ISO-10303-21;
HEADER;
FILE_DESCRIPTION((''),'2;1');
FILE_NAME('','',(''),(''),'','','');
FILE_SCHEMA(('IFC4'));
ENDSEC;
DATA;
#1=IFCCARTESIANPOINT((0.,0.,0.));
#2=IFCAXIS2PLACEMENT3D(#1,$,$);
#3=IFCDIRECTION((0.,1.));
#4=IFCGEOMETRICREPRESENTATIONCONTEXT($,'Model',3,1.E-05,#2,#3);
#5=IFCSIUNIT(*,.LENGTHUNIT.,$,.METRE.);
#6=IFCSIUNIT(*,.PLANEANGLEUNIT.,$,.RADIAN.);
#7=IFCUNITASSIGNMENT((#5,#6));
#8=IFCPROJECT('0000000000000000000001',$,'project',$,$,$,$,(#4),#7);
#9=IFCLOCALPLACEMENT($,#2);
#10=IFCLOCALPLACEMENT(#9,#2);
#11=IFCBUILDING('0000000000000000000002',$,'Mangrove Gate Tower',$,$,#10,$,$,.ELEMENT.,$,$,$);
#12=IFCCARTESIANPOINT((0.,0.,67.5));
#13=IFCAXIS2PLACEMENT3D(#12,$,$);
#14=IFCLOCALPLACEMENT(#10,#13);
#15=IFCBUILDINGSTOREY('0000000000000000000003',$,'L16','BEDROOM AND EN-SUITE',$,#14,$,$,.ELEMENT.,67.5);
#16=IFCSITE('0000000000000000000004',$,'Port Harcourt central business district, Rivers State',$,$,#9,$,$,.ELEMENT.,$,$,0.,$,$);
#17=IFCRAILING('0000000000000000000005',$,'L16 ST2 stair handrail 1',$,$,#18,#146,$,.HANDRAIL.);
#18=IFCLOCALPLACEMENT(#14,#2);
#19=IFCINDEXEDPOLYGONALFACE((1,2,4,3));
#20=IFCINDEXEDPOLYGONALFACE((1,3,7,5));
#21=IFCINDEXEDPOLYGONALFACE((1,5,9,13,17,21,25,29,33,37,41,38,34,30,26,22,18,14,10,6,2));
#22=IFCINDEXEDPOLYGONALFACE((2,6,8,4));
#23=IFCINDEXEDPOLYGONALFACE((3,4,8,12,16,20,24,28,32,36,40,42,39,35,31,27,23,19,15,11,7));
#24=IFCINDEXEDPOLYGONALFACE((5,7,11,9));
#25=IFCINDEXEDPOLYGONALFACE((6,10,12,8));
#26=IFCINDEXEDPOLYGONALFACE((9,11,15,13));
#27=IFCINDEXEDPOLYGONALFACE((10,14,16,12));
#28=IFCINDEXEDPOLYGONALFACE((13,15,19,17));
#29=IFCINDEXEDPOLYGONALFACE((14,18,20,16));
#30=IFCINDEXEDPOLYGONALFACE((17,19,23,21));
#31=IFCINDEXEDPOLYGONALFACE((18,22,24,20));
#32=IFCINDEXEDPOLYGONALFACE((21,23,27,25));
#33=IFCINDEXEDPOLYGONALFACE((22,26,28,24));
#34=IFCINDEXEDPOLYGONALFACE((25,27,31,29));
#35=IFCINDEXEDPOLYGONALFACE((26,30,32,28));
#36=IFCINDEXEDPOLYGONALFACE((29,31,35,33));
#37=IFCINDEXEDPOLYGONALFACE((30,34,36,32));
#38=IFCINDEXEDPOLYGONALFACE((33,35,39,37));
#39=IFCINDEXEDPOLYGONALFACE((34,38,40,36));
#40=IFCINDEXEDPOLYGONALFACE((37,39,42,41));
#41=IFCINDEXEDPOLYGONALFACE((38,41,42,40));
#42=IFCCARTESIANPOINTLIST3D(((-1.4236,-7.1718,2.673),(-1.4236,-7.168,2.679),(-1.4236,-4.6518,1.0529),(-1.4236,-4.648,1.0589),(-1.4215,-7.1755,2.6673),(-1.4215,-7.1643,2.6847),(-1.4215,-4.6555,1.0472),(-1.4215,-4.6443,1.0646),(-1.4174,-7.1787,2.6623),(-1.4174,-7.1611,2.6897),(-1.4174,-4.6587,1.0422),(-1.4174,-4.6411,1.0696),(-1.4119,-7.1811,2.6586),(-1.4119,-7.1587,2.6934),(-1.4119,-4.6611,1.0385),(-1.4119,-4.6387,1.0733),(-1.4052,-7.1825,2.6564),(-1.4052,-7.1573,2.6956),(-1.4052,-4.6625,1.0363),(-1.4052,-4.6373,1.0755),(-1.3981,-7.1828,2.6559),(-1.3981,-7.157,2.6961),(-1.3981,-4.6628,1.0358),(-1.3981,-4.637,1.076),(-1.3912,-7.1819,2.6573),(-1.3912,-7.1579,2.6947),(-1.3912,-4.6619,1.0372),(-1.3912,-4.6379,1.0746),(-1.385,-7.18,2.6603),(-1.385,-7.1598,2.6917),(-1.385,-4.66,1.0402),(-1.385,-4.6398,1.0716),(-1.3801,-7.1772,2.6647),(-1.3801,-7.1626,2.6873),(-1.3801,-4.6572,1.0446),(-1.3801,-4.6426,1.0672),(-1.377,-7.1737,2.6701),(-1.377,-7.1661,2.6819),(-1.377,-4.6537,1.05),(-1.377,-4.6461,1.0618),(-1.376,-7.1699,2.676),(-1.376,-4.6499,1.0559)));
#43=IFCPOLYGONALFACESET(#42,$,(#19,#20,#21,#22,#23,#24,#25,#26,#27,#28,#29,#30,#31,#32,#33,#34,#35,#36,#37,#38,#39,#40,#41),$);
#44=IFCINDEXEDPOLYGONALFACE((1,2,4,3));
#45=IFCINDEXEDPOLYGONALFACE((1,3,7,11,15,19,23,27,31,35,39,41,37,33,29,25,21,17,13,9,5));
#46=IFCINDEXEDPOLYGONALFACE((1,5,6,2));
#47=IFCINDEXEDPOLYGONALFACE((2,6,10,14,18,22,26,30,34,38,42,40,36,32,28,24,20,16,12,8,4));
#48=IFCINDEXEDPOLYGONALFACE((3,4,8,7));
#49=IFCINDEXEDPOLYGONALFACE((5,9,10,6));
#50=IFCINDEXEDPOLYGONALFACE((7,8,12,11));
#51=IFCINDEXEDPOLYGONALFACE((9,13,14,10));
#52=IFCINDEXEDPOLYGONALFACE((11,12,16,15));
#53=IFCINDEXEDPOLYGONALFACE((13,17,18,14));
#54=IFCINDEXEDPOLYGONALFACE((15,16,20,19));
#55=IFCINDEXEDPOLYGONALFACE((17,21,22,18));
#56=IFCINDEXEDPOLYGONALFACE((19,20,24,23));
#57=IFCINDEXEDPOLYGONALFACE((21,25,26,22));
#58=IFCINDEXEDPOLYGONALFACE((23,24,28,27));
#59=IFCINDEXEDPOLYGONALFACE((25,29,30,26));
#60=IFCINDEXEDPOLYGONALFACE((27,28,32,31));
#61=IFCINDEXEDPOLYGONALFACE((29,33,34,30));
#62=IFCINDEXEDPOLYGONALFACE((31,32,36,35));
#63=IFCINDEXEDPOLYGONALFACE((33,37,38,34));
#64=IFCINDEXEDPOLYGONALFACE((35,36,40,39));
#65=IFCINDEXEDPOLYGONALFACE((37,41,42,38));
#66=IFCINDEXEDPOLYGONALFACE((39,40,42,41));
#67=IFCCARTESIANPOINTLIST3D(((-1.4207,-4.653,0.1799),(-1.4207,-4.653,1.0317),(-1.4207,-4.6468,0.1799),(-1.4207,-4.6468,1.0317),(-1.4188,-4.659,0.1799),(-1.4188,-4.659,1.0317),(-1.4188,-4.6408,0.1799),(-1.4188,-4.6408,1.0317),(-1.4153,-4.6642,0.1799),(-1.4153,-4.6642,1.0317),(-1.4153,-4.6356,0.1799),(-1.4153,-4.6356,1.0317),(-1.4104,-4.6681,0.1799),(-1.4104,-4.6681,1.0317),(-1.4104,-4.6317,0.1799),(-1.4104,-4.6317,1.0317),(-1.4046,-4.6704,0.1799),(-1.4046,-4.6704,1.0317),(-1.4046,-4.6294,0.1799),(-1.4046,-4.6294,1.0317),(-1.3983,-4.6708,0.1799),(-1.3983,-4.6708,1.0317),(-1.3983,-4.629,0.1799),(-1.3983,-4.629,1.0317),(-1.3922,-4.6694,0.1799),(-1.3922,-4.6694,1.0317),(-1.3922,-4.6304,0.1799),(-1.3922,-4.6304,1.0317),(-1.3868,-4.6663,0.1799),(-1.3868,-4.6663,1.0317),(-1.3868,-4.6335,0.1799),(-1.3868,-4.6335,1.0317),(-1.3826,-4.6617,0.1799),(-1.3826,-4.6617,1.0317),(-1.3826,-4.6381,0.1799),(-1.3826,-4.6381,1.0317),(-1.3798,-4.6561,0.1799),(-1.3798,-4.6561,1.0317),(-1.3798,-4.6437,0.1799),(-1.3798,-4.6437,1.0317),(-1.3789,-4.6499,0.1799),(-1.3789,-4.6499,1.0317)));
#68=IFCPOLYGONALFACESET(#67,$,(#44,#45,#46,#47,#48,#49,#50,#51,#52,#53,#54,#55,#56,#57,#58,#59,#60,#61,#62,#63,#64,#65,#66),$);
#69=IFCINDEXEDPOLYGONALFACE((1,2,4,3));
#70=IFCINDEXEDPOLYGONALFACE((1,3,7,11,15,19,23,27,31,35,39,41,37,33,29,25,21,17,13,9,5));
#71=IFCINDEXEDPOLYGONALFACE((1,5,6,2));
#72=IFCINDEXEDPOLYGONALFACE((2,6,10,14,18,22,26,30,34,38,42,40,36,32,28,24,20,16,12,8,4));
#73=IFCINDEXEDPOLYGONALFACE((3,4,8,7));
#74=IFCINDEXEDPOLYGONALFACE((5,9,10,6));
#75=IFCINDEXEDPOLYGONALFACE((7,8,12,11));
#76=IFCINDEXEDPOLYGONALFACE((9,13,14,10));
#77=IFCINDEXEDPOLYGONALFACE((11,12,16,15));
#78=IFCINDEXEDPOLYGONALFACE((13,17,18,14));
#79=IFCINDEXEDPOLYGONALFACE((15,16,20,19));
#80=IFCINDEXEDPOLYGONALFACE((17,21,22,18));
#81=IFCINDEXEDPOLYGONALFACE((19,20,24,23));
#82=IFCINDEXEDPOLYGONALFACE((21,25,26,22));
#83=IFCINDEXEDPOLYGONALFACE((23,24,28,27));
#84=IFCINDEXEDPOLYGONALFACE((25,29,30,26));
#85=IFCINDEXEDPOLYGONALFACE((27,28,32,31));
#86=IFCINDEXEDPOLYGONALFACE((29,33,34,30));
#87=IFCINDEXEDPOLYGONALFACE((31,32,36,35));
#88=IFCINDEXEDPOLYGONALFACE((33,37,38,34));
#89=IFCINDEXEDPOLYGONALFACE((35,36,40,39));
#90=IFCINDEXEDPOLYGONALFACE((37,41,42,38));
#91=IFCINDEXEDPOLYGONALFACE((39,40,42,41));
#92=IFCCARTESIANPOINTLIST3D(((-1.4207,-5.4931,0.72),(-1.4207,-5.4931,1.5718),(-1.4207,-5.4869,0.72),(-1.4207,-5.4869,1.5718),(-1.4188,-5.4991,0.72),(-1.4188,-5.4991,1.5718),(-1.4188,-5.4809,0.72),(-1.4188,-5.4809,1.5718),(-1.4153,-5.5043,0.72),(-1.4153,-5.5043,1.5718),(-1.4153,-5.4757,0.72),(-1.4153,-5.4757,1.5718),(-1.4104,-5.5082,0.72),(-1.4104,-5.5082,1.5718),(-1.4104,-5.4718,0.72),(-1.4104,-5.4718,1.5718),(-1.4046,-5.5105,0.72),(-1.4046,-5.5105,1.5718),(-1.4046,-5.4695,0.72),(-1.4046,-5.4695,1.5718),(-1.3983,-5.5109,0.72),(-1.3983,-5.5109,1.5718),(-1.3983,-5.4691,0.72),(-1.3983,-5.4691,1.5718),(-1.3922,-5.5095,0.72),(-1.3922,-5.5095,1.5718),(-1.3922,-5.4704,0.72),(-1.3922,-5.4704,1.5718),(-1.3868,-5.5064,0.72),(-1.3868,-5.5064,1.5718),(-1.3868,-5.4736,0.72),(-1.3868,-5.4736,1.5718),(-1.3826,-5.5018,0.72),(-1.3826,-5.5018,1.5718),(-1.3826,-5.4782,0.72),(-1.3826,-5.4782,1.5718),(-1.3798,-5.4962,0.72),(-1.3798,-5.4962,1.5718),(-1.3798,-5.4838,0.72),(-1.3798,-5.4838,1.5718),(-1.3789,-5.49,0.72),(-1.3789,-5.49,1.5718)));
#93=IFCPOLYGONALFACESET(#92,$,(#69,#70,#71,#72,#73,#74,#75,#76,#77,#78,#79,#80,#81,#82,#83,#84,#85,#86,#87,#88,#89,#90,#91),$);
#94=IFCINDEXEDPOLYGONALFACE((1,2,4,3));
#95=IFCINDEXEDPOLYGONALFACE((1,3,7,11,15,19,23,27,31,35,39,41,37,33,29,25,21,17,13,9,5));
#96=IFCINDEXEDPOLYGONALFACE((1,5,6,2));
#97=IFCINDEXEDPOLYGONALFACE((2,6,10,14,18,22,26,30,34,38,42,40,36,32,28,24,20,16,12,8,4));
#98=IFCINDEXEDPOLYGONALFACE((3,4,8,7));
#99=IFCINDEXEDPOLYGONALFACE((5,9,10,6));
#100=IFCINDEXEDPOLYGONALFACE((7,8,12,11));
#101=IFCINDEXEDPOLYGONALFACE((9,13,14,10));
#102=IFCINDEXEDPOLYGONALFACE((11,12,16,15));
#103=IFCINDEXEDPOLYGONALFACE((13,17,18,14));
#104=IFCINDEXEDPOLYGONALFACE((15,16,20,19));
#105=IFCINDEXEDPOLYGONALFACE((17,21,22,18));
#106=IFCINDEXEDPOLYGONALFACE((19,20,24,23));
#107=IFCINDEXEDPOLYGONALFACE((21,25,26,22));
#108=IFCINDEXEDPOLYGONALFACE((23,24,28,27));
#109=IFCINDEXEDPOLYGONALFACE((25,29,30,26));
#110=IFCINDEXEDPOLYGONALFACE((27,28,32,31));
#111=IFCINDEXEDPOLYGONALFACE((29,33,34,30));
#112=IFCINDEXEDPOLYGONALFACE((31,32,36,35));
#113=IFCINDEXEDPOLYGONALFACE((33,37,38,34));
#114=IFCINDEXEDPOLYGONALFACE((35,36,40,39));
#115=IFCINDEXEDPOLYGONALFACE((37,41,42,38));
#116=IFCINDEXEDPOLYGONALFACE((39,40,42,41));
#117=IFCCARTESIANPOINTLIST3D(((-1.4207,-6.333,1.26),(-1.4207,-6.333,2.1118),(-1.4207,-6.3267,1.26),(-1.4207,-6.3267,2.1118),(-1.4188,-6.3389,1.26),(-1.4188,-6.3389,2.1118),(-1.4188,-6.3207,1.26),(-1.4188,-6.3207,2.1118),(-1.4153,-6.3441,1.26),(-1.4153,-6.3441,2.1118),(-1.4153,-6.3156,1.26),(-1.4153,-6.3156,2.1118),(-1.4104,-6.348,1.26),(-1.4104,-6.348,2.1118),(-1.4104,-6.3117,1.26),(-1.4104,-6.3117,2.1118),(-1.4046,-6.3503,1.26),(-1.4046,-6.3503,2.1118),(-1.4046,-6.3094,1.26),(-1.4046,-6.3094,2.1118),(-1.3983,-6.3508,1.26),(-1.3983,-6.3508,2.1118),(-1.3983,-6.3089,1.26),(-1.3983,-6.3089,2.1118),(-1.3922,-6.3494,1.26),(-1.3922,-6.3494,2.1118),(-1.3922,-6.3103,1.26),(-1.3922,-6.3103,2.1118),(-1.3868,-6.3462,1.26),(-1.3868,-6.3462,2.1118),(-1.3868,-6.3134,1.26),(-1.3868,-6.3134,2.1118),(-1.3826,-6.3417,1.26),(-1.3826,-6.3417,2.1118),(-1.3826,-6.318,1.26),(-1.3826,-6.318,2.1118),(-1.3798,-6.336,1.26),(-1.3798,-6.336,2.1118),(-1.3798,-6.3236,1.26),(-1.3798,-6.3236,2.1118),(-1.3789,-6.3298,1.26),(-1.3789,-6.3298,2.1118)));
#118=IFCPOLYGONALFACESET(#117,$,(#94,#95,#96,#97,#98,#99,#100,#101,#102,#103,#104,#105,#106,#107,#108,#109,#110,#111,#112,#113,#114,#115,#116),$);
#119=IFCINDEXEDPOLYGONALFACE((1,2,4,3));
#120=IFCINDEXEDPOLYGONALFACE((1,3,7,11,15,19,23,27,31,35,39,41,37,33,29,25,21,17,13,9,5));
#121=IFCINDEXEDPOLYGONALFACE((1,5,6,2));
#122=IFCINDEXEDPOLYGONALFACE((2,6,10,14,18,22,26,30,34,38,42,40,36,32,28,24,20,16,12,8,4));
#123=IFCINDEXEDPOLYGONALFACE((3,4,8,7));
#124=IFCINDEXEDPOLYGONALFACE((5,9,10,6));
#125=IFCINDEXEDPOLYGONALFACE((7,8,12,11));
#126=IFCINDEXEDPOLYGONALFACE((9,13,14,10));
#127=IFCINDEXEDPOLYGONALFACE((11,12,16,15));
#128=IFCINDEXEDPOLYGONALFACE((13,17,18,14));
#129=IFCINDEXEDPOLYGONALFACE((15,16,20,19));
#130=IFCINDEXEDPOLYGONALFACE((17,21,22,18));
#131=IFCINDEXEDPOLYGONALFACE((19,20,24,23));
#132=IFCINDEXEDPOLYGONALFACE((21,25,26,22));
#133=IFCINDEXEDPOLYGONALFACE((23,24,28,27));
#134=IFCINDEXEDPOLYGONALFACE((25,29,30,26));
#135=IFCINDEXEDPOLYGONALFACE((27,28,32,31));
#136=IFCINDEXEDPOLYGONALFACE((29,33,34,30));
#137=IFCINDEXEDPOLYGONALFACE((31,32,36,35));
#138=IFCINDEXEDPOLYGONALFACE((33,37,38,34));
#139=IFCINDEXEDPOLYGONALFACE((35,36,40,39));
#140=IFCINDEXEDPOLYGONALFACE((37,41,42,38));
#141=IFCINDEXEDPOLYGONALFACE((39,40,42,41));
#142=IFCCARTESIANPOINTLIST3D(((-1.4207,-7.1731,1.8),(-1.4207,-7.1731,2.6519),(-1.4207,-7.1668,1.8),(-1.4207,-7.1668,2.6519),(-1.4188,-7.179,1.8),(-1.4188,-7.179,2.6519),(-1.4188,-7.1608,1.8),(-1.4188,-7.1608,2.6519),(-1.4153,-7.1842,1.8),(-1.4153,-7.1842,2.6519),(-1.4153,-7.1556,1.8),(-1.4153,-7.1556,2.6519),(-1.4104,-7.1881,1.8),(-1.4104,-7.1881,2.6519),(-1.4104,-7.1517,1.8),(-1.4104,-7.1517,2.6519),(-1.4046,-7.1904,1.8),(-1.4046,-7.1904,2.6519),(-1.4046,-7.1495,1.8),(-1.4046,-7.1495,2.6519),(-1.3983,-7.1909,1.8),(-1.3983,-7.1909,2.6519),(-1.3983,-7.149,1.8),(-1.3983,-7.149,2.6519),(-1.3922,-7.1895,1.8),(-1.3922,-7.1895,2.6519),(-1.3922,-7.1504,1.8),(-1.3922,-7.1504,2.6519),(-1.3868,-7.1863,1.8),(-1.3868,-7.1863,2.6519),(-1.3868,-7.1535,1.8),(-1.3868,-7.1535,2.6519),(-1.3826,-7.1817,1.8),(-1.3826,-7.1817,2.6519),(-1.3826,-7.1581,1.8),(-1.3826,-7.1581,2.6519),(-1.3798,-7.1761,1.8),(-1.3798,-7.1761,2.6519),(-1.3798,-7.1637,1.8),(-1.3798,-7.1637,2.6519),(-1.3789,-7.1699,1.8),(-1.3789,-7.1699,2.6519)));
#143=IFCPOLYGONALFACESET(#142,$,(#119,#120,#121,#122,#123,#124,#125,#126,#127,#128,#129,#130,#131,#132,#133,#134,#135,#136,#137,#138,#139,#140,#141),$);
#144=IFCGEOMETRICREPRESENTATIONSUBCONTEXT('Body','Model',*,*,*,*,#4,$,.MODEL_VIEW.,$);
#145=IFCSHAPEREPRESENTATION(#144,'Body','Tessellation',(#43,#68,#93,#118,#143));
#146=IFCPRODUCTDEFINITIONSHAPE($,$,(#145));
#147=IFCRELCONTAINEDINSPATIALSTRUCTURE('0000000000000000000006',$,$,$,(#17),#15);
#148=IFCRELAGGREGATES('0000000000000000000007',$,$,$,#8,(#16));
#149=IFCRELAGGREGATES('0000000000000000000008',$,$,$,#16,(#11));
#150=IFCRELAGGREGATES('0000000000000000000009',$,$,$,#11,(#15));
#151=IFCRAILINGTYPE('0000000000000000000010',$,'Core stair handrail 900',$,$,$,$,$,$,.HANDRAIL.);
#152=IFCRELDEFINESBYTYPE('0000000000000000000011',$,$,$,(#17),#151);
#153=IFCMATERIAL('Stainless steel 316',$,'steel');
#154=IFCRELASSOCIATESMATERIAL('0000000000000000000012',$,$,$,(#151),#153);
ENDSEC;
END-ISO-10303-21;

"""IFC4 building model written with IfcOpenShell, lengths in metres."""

from ifc_helpers import new_model, si_unit, direction, frame, origin, origin_2d, place, context, subcontext, project, spatial, circle, extrude, material, type_object, element, save


model = new_model("IFC4")

# Units and contexts
model_context = context("Model", 3, precision=1e-05, world=origin(), true_north=direction((0.0, 1.0)))
body_context = subcontext(model_context, "Body", "Model", "MODEL_VIEW")
ifc_project = project(units=[si_unit("LENGTHUNIT", "METRE"), si_unit("PLANEANGLEUNIT", "RADIAN")], contexts=[model_context])

# Site, building, storey
site_placement = place(None, origin())
site = spatial("IfcSite", under=ifc_project, at=site_placement, Name="Port Harcourt central business district, Rivers State", CompositionType="ELEMENT", RefElevation=0.0)
building_placement = place(site_placement, origin())
building = spatial("IfcBuilding", under=site, at=building_placement, Name="Mangrove Gate Tower", CompositionType="ELEMENT")
storey_placement = place(building_placement, frame((0.0, 0.0, 67.5)))
storey = spatial("IfcBuildingStorey", under=building, at=storey_placement, Name="L16", Description="BEDROOM AND EN-SUITE", CompositionType="ELEMENT", Elevation=67.5)

# Railing
ifc_material_1 = material(Name="Stainless steel 316", Category="steel")
railing_type_1 = type_object("IfcRailingType", Name="Core stair handrail 900", PredefinedType="HANDRAIL", material=ifc_material_1)
railing_1_placement = place(storey_placement, frame((-1.3999, -4.6499, 0.1799)))
element("IfcRailing", 1, at=railing_1_placement, inside=storey, type_object=railing_type_1, Name="L16 ST2 stair handrail 1", PredefinedType="HANDRAIL", context=body_context, shape_type="SweptSolid", body=[
    extrude(circle(Radius=0.0239, at=origin_2d()), frame((0.0, 0.0, 0.876), z_axis=(0.0, -0.841163, 0.540782), x_axis=(1.0, 0.0, 0.0)), (0.0, 0.0, 1.0), 2.9958),
    extrude(circle(Radius=0.021, at=origin_2d()), origin(), (0.0, 0.0, 1.0), 0.8518),
    extrude(circle(Radius=0.021, at=origin_2d()), frame((0.0, -0.8401, 0.54)), (0.0, 0.0, 1.0), 0.8518),
    extrude(circle(Radius=0.021, at=origin_2d()), frame((0.0, -1.6799, 1.0801)), (0.0, 0.0, 1.0), 0.8518),
    extrude(circle(Radius=0.021, at=origin_2d()), frame((0.0, -2.52, 1.6201)), (0.0, 0.0, 1.0), 0.8518),
])

save(model, "model.ifc")
